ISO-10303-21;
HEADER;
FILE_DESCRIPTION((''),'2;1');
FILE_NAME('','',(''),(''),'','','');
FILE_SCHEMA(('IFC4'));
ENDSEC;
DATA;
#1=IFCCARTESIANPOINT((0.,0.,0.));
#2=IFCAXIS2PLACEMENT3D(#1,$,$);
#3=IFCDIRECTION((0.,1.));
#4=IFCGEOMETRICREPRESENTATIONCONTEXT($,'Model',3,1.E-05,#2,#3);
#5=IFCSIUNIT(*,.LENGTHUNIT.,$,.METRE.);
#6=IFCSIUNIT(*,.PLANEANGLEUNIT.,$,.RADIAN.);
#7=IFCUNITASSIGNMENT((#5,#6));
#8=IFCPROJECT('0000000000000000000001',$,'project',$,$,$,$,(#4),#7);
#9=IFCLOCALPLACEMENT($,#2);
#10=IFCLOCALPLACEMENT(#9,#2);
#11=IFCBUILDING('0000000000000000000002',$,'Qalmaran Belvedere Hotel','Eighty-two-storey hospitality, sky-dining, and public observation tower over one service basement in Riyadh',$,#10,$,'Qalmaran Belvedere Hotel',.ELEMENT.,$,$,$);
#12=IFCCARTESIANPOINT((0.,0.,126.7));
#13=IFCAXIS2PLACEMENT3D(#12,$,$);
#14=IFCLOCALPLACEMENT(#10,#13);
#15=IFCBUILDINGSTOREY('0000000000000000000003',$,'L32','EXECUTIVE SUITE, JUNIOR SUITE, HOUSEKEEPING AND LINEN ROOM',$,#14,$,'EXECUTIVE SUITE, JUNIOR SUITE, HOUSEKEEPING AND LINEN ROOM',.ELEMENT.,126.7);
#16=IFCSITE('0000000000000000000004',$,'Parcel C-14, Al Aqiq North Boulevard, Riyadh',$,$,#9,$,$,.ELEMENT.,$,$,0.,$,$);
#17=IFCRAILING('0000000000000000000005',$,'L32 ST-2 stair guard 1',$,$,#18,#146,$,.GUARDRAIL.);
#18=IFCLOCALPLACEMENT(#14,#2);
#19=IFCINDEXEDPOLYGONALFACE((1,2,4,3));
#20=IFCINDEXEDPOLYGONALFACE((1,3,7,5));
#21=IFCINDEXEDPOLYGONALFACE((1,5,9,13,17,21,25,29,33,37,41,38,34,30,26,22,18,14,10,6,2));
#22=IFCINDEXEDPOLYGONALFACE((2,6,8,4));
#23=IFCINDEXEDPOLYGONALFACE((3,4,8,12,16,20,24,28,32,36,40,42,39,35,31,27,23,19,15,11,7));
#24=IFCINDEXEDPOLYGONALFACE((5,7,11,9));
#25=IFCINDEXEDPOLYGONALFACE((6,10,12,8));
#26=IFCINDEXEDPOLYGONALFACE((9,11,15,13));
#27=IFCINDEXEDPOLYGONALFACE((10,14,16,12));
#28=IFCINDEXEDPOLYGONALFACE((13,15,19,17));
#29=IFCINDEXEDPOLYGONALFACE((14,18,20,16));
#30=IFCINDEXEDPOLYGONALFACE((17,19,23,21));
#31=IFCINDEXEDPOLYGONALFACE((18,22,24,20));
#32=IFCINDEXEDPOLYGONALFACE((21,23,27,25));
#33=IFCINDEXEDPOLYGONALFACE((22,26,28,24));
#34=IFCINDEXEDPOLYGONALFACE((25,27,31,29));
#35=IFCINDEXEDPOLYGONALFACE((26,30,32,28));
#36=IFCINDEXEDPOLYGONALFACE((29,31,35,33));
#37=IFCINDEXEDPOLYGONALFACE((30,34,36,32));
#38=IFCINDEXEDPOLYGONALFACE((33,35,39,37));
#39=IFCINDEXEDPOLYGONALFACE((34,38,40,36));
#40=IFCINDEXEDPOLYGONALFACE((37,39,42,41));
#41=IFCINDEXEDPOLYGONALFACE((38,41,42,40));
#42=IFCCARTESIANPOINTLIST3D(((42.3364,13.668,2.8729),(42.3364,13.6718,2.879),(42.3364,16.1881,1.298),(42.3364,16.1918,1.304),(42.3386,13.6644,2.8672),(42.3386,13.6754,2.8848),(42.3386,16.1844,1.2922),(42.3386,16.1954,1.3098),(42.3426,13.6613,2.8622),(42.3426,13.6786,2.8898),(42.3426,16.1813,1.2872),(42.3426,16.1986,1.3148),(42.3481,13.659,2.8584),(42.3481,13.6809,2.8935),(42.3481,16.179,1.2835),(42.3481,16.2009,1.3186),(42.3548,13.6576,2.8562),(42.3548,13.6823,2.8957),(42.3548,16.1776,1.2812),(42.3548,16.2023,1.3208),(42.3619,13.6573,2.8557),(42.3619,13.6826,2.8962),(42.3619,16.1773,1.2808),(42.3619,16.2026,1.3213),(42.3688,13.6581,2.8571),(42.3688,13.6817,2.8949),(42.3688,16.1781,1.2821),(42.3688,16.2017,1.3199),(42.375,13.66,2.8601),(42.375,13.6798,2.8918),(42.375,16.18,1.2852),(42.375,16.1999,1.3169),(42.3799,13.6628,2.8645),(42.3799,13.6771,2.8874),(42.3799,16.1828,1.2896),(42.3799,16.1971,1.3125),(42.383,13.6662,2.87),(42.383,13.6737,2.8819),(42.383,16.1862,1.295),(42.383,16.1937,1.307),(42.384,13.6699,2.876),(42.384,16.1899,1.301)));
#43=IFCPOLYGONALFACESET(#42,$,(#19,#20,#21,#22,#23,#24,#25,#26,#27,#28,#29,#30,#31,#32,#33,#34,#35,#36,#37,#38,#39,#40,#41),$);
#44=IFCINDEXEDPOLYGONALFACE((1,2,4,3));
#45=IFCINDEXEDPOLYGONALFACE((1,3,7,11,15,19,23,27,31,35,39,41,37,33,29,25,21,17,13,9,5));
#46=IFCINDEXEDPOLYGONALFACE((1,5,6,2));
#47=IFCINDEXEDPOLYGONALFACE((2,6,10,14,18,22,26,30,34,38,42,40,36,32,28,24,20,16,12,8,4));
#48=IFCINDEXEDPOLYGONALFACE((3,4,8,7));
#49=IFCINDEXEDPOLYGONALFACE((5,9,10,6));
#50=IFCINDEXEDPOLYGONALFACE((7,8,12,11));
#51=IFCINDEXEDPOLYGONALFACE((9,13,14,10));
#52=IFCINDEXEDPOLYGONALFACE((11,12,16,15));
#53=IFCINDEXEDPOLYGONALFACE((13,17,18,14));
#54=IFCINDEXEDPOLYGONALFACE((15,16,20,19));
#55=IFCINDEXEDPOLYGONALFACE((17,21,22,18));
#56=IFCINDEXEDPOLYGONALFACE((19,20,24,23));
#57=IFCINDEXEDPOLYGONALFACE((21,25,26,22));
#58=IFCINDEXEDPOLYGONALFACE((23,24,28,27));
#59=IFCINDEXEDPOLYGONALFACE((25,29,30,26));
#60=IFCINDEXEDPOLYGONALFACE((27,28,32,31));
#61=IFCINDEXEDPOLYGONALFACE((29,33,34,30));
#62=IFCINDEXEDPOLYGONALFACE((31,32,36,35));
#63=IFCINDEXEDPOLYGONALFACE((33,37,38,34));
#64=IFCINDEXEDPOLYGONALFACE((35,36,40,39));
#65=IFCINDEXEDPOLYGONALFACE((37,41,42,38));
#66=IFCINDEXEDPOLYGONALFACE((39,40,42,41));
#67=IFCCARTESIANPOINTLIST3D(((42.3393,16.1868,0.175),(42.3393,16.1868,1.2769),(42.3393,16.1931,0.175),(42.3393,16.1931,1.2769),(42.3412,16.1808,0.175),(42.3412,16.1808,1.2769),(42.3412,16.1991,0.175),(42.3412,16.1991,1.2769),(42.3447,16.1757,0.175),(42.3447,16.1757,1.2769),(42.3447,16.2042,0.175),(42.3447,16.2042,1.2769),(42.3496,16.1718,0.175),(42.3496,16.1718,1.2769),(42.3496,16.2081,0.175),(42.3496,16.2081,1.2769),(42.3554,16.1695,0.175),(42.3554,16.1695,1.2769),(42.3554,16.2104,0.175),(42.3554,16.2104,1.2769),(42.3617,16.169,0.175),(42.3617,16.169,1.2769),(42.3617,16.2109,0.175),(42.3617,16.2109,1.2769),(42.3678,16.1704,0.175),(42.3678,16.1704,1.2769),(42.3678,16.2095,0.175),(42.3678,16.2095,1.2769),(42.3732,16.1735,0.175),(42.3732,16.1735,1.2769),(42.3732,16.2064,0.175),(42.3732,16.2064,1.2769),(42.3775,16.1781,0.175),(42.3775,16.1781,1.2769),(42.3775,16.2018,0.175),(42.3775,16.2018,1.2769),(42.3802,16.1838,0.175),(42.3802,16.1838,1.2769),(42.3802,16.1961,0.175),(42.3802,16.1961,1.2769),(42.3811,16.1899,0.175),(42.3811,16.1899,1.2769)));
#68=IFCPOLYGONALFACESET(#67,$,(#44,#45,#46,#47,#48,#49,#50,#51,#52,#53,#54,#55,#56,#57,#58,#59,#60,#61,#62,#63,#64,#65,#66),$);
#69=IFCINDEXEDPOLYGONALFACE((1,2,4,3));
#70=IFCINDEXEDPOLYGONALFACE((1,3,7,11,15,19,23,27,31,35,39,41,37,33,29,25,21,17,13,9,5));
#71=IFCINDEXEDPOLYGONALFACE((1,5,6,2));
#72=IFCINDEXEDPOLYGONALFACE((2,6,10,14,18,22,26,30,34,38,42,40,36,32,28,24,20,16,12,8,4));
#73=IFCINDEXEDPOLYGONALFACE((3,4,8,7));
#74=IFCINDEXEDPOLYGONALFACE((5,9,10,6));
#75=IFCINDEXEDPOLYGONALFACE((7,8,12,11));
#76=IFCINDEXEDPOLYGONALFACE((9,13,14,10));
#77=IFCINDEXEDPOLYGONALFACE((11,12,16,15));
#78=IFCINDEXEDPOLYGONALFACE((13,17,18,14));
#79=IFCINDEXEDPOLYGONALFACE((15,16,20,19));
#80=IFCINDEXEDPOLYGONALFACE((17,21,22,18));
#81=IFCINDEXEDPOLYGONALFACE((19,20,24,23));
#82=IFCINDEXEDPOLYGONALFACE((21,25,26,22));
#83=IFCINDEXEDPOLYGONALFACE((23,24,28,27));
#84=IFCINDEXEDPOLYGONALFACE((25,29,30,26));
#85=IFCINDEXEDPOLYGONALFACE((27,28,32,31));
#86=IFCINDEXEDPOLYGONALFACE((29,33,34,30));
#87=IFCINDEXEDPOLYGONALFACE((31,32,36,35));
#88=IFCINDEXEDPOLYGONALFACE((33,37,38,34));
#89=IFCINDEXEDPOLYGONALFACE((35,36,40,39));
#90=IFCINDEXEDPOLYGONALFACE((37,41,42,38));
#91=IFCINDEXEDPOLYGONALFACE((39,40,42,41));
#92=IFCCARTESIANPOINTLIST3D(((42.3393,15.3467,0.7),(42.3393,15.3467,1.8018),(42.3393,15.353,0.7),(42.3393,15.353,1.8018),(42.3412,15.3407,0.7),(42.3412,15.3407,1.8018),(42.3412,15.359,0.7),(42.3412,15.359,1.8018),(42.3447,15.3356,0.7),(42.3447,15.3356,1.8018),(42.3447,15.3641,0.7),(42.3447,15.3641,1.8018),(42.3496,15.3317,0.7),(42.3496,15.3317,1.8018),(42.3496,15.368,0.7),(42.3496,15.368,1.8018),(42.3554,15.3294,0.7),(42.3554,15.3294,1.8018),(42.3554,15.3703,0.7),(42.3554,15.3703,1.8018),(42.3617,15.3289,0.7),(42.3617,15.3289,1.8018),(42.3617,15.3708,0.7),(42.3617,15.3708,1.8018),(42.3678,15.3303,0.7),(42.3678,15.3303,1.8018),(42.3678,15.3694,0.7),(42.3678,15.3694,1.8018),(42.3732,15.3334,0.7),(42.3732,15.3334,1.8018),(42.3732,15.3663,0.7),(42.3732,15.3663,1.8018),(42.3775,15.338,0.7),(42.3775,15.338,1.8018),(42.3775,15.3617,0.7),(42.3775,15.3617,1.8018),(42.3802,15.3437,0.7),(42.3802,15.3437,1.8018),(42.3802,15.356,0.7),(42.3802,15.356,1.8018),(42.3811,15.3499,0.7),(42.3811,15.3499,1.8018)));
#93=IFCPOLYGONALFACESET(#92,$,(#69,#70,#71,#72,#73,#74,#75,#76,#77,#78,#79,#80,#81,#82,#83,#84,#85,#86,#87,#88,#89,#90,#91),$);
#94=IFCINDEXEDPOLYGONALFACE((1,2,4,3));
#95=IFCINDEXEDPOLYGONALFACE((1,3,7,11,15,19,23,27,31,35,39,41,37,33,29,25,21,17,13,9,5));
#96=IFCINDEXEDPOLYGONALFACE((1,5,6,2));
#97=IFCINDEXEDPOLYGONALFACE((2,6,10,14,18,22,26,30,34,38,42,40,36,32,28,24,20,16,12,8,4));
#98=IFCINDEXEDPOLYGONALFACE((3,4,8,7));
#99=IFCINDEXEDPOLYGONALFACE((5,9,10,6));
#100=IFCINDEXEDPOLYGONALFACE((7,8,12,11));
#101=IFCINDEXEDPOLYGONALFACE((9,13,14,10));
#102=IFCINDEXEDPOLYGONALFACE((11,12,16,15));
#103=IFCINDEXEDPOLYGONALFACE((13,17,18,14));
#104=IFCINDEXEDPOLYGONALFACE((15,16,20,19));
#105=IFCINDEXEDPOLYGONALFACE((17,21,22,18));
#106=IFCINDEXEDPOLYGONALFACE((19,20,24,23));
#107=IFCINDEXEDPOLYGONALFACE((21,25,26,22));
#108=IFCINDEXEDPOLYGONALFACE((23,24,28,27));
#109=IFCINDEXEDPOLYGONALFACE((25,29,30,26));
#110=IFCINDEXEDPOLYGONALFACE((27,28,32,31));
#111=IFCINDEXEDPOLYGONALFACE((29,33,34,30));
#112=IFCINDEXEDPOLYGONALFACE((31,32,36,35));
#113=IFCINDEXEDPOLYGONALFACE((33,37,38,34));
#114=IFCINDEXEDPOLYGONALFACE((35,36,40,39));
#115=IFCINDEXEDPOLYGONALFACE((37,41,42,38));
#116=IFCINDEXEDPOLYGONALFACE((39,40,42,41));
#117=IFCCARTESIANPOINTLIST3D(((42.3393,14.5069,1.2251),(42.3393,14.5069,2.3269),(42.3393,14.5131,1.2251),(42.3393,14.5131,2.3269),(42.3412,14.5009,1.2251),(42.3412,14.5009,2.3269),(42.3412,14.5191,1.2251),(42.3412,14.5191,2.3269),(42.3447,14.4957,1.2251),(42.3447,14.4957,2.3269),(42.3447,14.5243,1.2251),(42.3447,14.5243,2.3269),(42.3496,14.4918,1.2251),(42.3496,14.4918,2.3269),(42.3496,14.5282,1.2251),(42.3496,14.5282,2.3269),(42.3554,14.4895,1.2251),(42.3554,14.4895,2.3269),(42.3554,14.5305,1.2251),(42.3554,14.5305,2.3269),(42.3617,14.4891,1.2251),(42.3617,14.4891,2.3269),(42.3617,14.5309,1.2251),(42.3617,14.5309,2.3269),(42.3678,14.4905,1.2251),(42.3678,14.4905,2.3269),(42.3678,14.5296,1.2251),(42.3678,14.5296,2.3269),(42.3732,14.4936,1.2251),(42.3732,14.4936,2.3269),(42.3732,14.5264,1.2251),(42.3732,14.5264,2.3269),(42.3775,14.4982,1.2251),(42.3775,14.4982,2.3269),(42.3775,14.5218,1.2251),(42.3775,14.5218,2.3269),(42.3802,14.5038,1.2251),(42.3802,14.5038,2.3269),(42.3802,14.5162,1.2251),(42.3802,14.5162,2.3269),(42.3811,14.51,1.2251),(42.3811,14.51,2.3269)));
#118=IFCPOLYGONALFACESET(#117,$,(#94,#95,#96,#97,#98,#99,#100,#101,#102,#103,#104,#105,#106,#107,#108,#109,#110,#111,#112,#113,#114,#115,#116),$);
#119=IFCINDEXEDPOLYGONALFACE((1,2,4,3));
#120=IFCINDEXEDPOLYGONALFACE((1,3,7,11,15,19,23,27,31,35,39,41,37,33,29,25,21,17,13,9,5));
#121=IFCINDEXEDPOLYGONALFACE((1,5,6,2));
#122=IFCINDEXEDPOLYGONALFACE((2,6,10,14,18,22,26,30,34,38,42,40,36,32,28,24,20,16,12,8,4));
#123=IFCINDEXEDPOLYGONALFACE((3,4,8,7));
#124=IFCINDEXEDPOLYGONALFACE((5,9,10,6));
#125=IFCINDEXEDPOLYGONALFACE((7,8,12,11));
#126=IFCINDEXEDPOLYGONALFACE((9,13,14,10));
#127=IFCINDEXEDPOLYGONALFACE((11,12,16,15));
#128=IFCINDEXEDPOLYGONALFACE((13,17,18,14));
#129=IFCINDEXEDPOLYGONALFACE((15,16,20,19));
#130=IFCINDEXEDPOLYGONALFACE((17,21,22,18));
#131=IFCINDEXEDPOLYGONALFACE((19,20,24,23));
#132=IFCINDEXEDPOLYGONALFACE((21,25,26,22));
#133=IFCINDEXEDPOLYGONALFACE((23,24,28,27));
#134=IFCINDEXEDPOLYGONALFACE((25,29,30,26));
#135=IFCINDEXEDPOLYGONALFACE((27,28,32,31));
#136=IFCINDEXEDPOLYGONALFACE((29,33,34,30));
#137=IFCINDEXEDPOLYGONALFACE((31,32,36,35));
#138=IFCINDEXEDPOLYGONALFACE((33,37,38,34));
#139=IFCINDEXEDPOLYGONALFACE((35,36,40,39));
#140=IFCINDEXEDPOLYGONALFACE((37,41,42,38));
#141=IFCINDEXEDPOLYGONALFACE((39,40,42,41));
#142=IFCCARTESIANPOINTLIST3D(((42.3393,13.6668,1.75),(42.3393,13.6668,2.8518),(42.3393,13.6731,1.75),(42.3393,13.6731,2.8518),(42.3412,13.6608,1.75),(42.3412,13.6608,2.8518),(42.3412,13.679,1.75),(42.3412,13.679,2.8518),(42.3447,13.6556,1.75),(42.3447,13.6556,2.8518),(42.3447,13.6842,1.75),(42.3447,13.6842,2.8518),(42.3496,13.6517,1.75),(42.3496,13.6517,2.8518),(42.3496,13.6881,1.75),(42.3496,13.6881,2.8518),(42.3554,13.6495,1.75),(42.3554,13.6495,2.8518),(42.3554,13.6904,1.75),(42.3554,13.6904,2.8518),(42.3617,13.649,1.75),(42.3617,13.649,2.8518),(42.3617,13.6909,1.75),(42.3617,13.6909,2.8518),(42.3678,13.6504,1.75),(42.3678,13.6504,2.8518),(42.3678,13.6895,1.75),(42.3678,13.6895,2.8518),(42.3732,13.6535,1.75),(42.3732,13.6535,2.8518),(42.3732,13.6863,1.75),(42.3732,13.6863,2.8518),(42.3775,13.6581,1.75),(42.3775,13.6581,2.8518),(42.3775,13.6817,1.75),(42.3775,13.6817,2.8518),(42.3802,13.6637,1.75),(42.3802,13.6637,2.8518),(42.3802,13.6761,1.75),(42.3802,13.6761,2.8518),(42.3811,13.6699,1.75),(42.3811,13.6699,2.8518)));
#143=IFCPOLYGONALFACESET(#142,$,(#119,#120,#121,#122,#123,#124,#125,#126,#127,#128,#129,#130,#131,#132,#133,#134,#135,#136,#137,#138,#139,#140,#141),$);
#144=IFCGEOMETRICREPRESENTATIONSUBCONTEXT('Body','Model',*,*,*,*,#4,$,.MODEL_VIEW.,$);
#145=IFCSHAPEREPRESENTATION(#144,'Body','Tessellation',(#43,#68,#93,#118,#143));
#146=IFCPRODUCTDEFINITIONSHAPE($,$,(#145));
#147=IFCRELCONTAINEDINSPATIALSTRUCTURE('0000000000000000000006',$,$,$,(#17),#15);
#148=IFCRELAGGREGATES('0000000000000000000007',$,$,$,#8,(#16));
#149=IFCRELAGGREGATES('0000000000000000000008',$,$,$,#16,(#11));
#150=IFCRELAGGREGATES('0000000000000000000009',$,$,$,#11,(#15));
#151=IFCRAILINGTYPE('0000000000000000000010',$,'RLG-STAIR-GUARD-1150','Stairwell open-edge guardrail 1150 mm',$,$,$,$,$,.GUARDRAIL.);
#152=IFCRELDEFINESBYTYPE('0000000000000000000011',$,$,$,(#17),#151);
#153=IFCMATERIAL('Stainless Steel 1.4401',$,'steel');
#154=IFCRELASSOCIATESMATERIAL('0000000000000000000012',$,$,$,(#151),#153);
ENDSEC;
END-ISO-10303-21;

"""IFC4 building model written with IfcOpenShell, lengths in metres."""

from ifc_helpers import new_model, si_unit, direction, frame, origin, origin_2d, place, context, subcontext, project, spatial, circle, extrude, material, type_object, element, save


model = new_model("IFC4")

# Units and contexts
model_context = context("Model", 3, precision=1e-05, world=origin(), true_north=direction((0.0, 1.0)))
body_context = subcontext(model_context, "Body", "Model", "MODEL_VIEW")
ifc_project = project(units=[si_unit("LENGTHUNIT", "METRE"), si_unit("PLANEANGLEUNIT", "RADIAN")], contexts=[model_context])

# Site, building, storey
site_placement = place(None, origin())
site = spatial("IfcSite", under=ifc_project, at=site_placement, Name="Parcel C-14, Al Aqiq North Boulevard, Riyadh", CompositionType="ELEMENT", RefElevation=0.0)
building_placement = place(site_placement, origin())
building = spatial("IfcBuilding", under=site, at=building_placement, Name="Qalmaran Belvedere Hotel", Description="Eighty-two-storey hospitality, sky-dining, and public observation tower over one service basement in Riyadh", LongName="Qalmaran Belvedere Hotel", CompositionType="ELEMENT")
storey_placement = place(building_placement, frame((0.0, 0.0, 126.7)))
storey = spatial("IfcBuildingStorey", under=building, at=storey_placement, Name="L32", Description="EXECUTIVE SUITE, JUNIOR SUITE, HOUSEKEEPING AND LINEN ROOM", LongName="EXECUTIVE SUITE, JUNIOR SUITE, HOUSEKEEPING AND LINEN ROOM", CompositionType="ELEMENT", Elevation=126.7)

# Shared definitions
ifc_material_1 = material(Name="Stainless Steel 1.4401", Category="steel")

# Railing
railing_type_1 = type_object("IfcRailingType", Name="RLG-STAIR-GUARD-1150", Description="Stairwell open-edge guardrail 1150 mm", PredefinedType="GUARDRAIL", material=ifc_material_1)
railing_1_placement = place(storey_placement, frame((42.3601, 16.1899, 0.175)))
element("IfcRailing", 1, at=railing_1_placement, inside=storey, type_object=railing_type_1, Name="L32 ST-2 stair guard 1", PredefinedType="GUARDRAIL", context=body_context, shape_type="SweptSolid", body=[
    extrude(circle(Radius=0.0239, at=origin_2d()), frame((0.0, 0.0, 1.126), z_axis=(0.0, -0.848008, 0.529984), x_axis=(1.0, 0.0, 0.0)), (0.0, 0.0, 1.0), 2.9717),
    extrude(circle(Radius=0.021, at=origin_2d()), origin(), (0.0, 0.0, 1.0), 1.1018),
    extrude(circle(Radius=0.021, at=origin_2d()), frame((0.0, -0.8401, 0.5249)), (0.0, 0.0, 1.0), 1.1018),
    extrude(circle(Radius=0.021, at=origin_2d()), frame((0.0, -1.6799, 1.05)), (0.0, 0.0, 1.0), 1.1018),
    extrude(circle(Radius=0.021, at=origin_2d()), frame((0.0, -2.52, 1.575)), (0.0, 0.0, 1.0), 1.1018),
])

save(model, "model.ifc")
